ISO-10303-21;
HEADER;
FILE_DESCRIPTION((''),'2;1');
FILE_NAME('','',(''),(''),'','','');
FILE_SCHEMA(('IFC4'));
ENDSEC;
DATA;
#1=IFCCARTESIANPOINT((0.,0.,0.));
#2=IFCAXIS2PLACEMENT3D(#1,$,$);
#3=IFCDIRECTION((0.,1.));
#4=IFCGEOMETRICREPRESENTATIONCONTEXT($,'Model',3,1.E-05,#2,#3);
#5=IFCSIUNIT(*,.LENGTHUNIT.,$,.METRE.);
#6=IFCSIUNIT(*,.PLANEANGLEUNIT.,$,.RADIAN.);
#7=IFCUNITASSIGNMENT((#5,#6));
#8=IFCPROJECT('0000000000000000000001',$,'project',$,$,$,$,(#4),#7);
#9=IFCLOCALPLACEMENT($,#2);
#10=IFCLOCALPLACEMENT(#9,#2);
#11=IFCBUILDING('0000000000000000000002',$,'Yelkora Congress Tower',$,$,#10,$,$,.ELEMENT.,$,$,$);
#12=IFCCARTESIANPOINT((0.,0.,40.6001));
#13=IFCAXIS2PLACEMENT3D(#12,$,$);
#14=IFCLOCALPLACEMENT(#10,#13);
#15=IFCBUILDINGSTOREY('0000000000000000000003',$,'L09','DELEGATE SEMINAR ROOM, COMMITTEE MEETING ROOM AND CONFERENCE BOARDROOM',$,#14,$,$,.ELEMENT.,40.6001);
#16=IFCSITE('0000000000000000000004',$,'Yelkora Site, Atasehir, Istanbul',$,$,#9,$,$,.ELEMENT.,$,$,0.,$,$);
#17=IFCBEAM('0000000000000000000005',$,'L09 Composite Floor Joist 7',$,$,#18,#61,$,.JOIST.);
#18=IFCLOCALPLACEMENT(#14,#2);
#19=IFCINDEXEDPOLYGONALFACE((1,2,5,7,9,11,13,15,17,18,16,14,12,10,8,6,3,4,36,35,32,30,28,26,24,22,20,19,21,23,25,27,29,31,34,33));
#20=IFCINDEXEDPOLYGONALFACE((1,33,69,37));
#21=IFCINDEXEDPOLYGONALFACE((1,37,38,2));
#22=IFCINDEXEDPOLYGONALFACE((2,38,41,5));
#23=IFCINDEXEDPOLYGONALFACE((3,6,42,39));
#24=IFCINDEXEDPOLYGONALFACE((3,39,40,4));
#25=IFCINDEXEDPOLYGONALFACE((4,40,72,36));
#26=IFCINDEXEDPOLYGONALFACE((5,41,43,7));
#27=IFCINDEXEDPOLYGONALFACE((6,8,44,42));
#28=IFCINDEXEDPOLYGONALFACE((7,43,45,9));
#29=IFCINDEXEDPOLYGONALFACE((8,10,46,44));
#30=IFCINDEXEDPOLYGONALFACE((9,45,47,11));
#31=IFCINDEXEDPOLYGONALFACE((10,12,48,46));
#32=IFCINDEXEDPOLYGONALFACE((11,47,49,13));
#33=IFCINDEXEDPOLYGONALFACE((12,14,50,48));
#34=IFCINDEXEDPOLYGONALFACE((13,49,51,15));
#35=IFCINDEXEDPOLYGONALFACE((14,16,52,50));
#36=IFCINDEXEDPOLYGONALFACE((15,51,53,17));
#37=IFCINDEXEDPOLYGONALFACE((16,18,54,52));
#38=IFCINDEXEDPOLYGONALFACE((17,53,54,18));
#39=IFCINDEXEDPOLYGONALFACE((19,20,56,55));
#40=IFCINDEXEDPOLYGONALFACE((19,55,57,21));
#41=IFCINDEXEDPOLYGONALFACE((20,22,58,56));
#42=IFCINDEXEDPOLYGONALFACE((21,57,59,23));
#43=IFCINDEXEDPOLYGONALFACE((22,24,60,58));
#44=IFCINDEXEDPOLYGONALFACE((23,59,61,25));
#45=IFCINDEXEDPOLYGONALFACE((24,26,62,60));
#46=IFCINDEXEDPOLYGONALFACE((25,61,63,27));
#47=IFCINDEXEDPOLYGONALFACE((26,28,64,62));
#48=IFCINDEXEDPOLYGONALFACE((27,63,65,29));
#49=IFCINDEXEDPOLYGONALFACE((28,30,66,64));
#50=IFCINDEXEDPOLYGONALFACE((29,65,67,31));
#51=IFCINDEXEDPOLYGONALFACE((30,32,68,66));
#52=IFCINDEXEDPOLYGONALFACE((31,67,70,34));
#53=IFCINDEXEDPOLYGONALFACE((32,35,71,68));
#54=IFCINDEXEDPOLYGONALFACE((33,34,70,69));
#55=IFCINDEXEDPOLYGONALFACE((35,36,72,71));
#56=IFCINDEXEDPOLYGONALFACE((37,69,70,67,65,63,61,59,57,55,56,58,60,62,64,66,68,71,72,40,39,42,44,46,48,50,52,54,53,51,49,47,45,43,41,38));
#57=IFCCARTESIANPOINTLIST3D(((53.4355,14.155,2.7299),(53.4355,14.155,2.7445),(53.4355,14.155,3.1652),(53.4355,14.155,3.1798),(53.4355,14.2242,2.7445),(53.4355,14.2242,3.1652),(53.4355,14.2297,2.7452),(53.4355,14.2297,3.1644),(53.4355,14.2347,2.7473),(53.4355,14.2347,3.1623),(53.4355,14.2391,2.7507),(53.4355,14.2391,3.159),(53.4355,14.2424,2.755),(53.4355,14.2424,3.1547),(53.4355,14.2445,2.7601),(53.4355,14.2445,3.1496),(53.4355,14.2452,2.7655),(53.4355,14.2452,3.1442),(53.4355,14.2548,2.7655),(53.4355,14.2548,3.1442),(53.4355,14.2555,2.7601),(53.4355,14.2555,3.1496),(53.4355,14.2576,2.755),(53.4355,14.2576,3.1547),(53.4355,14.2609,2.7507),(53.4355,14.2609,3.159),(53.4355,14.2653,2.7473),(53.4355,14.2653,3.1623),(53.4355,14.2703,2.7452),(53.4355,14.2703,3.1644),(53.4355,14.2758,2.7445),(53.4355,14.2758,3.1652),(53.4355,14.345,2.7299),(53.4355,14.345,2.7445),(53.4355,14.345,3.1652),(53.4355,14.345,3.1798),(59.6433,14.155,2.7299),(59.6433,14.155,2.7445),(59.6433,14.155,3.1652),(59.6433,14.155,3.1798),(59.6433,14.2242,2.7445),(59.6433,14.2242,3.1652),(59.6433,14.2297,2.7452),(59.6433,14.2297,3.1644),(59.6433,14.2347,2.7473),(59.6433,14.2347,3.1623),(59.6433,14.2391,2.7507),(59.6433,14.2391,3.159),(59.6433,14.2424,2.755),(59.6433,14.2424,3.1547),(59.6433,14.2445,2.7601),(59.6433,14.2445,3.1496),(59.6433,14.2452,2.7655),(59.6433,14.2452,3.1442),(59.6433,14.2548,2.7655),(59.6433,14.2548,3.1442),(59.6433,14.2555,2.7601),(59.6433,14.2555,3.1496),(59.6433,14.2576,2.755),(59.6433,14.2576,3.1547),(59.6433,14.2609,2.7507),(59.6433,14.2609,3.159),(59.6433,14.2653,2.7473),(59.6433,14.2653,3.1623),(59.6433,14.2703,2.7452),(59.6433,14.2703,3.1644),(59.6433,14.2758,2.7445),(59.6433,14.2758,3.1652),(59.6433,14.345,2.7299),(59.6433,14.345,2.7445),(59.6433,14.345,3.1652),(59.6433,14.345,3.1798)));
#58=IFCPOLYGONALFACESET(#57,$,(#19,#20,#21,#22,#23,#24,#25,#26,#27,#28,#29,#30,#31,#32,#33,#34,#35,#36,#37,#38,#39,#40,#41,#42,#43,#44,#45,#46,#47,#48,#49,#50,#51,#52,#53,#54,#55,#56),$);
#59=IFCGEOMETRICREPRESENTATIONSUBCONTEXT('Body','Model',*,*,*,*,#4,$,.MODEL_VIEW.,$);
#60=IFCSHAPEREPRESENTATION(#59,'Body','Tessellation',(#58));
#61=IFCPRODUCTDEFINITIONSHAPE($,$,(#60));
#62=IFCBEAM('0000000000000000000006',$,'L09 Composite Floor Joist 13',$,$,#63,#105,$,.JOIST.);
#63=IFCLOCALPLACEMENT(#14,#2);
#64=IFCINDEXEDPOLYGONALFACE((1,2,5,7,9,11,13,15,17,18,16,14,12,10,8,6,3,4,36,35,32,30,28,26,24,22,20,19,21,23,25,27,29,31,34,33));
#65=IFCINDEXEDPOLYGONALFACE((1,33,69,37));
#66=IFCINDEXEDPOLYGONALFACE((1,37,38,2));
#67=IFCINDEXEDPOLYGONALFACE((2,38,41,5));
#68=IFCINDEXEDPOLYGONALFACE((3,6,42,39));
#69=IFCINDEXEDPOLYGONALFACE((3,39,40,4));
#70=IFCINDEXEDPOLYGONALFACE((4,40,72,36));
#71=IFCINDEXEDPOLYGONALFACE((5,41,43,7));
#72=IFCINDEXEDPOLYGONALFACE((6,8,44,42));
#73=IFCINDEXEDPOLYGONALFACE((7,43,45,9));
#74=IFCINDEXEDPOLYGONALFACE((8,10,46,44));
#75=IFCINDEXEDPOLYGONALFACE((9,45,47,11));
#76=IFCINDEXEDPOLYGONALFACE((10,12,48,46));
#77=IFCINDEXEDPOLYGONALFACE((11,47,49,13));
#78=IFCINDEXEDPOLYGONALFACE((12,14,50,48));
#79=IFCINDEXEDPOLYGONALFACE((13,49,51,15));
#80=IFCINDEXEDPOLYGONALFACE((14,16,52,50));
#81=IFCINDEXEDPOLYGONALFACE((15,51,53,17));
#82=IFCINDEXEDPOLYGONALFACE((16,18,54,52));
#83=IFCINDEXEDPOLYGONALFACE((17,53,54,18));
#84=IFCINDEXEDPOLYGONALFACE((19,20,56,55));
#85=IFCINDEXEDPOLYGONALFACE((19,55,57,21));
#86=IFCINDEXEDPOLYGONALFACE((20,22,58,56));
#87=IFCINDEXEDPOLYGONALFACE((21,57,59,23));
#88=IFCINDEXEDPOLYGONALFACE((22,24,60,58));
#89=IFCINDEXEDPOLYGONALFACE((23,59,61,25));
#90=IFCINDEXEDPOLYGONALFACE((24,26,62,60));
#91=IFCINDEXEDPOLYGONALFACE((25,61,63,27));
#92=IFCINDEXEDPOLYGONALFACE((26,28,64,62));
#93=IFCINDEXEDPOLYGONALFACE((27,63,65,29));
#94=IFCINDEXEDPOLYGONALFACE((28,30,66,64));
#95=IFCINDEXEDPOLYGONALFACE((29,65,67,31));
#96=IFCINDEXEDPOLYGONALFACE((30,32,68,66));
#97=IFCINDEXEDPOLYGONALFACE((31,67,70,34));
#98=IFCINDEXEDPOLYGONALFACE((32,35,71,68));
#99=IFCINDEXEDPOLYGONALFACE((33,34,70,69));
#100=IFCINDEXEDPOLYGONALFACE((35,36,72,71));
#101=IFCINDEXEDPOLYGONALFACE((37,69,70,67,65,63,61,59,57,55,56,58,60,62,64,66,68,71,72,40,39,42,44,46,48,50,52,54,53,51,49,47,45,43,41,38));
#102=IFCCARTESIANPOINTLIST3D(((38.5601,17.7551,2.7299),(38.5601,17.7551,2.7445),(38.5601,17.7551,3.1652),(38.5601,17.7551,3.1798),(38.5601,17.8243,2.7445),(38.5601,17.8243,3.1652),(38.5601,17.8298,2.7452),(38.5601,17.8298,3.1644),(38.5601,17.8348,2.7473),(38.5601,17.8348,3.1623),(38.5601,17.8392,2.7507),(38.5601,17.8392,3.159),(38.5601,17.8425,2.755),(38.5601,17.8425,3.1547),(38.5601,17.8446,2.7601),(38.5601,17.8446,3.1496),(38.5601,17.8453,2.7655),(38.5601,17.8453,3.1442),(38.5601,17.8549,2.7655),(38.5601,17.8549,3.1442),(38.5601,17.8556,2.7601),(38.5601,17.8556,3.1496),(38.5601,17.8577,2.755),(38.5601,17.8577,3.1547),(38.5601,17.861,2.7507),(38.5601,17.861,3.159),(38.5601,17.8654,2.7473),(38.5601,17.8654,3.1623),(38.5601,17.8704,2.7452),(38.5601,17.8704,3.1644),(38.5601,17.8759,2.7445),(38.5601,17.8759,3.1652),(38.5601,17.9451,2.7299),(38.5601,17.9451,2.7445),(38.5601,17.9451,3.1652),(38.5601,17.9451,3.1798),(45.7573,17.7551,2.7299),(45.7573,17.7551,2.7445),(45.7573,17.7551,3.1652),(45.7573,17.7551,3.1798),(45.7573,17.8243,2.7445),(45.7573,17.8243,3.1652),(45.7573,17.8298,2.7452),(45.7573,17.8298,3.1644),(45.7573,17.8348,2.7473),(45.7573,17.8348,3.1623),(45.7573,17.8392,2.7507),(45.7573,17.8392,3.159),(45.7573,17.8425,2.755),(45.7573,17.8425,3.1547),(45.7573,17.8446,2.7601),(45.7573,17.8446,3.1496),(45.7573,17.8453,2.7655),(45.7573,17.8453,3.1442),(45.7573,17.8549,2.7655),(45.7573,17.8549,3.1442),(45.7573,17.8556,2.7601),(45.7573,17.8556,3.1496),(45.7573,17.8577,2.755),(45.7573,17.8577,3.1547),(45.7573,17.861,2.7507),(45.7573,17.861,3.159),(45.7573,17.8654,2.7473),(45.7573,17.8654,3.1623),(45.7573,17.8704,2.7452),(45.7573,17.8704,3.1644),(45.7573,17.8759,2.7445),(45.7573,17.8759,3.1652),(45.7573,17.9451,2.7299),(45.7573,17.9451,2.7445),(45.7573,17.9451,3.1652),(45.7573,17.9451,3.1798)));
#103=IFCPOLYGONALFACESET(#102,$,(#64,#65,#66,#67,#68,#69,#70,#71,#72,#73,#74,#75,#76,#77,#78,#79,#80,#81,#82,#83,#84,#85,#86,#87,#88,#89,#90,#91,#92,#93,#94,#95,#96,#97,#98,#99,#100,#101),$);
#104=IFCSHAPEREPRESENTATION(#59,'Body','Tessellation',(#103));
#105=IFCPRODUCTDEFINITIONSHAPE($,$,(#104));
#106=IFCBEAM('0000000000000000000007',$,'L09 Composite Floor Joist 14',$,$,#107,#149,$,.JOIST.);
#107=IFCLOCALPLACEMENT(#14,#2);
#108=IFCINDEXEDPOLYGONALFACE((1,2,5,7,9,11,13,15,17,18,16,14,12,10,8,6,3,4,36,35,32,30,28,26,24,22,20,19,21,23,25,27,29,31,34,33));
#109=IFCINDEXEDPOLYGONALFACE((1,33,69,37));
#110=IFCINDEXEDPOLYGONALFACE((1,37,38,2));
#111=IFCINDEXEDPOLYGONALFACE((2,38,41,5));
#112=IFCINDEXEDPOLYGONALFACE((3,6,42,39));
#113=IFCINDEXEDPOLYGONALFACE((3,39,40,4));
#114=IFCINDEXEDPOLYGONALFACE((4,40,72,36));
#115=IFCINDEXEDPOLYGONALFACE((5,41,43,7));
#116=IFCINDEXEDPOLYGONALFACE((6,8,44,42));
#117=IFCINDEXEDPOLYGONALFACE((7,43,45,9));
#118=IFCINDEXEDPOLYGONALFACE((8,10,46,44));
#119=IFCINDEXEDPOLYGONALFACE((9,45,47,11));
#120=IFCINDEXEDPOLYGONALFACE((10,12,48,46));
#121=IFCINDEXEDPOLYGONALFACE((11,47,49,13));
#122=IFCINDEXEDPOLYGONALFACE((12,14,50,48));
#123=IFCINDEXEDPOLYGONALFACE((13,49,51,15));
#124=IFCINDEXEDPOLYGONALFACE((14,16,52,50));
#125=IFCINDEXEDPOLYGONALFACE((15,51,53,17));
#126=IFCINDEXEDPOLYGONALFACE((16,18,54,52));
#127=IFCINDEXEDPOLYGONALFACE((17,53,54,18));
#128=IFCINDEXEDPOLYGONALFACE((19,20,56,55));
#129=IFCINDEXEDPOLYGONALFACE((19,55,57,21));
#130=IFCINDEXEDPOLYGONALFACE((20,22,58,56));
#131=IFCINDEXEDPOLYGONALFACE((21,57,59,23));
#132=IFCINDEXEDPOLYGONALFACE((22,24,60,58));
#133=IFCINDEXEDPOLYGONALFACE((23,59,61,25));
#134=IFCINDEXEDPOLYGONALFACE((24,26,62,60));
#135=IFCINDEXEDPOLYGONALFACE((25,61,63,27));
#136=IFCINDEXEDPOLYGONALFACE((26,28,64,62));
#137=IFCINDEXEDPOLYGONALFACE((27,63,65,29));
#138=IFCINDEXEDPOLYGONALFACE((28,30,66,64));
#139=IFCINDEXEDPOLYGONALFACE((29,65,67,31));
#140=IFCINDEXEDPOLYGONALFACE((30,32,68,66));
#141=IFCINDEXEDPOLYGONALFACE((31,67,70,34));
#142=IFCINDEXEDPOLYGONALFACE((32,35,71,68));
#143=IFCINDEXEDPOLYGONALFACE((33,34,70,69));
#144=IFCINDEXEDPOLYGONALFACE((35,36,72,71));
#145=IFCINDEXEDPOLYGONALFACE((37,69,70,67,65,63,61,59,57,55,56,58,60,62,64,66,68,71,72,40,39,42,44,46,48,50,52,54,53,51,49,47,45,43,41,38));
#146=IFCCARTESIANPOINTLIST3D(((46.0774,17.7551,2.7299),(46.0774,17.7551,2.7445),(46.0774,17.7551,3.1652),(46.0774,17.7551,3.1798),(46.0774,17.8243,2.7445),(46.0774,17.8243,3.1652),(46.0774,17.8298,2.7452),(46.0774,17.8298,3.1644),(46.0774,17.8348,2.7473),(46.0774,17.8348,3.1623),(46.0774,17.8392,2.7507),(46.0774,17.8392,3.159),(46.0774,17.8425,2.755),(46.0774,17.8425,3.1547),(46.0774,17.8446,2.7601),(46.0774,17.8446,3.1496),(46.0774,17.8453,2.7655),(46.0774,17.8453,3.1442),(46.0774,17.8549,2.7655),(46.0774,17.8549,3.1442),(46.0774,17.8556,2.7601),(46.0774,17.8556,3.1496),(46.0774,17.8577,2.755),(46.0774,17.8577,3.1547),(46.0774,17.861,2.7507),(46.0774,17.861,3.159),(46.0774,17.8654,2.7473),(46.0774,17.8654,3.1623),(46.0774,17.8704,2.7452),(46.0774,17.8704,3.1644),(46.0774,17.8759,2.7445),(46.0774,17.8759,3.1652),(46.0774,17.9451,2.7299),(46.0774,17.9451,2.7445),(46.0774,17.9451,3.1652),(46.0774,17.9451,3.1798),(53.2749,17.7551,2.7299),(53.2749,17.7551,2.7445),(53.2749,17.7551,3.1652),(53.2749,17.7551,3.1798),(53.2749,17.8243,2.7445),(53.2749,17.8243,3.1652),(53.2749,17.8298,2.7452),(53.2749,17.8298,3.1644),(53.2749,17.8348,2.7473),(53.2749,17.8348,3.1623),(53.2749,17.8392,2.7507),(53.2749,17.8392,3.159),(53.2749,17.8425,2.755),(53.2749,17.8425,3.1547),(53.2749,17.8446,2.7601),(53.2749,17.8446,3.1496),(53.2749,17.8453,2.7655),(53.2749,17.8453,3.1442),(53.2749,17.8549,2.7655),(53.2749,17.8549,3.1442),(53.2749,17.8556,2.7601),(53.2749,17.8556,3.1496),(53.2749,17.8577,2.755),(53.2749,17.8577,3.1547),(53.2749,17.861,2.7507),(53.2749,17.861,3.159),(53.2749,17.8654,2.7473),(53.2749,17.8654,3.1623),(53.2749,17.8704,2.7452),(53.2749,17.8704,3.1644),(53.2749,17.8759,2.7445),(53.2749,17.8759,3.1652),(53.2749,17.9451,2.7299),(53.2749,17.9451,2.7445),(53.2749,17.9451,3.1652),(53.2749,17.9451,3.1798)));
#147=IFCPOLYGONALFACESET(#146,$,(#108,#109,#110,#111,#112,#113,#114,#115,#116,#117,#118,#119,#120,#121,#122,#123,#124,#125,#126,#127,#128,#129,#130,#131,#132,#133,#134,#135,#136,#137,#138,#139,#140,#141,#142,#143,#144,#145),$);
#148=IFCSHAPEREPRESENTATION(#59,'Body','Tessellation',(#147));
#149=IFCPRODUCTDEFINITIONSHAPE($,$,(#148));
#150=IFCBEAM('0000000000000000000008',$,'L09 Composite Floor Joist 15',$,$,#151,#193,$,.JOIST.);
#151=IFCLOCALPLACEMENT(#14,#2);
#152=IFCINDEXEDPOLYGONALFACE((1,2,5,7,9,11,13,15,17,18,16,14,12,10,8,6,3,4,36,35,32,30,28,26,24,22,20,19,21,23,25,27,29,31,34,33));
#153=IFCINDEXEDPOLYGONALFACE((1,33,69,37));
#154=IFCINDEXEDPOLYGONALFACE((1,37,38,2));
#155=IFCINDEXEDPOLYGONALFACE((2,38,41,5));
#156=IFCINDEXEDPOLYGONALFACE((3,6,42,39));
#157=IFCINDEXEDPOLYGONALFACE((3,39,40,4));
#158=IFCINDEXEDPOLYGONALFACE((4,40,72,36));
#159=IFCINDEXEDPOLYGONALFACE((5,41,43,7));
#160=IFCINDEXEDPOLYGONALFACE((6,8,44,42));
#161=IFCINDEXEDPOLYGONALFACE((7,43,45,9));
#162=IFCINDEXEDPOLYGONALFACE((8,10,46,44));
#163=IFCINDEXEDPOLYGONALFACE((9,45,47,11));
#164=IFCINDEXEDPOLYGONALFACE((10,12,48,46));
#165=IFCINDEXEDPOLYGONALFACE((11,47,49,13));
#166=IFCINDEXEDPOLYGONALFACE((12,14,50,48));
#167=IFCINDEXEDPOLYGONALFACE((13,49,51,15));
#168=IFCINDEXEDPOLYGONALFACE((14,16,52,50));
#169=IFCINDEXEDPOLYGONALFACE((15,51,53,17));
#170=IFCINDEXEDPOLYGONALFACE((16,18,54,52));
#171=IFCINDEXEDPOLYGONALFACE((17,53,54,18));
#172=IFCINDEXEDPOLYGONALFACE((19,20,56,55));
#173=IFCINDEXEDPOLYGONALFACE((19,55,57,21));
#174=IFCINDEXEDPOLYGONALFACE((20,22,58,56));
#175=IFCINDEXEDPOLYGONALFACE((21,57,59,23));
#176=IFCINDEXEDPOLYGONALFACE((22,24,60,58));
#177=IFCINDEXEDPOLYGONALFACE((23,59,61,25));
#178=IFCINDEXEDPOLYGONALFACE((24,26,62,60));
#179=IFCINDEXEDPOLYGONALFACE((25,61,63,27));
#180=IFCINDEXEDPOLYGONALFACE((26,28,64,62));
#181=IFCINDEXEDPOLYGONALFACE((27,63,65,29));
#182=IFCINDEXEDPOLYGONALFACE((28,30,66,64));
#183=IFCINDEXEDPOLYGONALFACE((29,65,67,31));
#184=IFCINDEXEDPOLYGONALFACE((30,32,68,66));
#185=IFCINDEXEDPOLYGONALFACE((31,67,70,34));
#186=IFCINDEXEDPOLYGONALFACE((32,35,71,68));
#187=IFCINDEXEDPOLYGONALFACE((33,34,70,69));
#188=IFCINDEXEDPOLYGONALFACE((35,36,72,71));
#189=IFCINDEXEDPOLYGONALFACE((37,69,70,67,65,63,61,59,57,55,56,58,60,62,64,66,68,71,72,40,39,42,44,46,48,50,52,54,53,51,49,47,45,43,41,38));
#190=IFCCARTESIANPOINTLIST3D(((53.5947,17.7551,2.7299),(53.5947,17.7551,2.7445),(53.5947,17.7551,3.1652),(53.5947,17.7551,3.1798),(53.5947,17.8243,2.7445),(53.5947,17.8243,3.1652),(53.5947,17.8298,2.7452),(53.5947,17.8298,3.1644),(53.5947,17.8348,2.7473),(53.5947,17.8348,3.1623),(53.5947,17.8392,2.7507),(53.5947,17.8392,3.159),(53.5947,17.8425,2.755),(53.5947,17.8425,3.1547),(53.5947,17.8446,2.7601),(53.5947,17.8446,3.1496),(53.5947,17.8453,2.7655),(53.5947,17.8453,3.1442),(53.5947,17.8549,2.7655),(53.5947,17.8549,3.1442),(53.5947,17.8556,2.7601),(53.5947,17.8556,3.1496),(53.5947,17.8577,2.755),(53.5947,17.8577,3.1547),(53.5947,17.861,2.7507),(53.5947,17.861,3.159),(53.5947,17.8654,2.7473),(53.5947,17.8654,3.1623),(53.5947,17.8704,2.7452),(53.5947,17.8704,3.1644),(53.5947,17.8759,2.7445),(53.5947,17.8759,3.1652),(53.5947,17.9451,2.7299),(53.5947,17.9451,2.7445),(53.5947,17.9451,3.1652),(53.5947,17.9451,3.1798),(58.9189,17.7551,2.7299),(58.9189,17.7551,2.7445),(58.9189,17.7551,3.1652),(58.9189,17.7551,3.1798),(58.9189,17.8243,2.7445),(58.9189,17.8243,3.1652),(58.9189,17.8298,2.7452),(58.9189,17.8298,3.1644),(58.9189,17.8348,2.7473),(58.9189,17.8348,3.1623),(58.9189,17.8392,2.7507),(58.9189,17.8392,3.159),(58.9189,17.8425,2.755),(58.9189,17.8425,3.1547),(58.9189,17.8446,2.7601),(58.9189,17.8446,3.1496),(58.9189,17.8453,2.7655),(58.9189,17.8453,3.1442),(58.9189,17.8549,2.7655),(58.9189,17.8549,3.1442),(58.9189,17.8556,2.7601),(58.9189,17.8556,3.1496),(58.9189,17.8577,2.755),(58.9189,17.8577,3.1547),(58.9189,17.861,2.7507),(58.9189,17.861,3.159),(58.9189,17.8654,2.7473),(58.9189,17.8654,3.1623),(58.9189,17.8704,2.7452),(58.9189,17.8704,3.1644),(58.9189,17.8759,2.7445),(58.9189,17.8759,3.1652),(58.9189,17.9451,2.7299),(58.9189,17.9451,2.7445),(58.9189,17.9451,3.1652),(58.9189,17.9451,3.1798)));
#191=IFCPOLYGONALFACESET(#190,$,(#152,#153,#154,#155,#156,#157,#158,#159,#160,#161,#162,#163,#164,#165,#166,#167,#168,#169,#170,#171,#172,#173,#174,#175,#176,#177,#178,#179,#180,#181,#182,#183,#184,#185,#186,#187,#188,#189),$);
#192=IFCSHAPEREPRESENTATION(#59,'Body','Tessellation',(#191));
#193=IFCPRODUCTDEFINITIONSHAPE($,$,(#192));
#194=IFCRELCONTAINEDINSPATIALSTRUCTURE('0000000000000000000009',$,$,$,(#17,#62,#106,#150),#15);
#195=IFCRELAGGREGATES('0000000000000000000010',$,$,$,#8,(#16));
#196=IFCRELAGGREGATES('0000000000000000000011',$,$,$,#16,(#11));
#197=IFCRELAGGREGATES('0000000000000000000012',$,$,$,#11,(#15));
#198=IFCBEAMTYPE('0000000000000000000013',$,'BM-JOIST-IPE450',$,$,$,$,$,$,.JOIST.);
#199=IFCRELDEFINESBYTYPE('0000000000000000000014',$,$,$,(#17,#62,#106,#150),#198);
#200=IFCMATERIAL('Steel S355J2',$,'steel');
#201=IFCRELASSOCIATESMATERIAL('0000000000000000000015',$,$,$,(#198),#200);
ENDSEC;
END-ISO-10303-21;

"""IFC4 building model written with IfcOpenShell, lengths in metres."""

from ifc_helpers import new_model, si_unit, direction, frame, origin, origin_2d, place, context, subcontext, project, spatial, i_section, extrude, material, material_profile, profile_set, type_object, element, save


model = new_model("IFC4")

# Units and contexts
model_context = context("Model", 3, precision=1e-05, world=origin(), true_north=direction((0.0, 1.0)))
body_context = subcontext(model_context, "Body", "Model", "MODEL_VIEW")
ifc_project = project(units=[si_unit("LENGTHUNIT", "METRE"), si_unit("PLANEANGLEUNIT", "RADIAN")], contexts=[model_context])

# Site, building, storey
site_placement = place(None, origin())
site = spatial("IfcSite", under=ifc_project, at=site_placement, Name="Yelkora Site, Atasehir, Istanbul", CompositionType="ELEMENT", RefElevation=0.0)
building_placement = place(site_placement, origin())
building = spatial("IfcBuilding", under=site, at=building_placement, Name="Yelkora Congress Tower", CompositionType="ELEMENT")
storey_placement = place(building_placement, frame((0.0, 0.0, 40.6001)))
storey = spatial("IfcBuildingStorey", under=building, at=storey_placement, Name="L09", Description="DELEGATE SEMINAR ROOM, COMMITTEE MEETING ROOM AND CONFERENCE BOARDROOM", CompositionType="ELEMENT", Elevation=40.6001)

# Beams
ifc_material_1 = material(Name="Steel S355J2", Category="steel")
ifc_material_profile_1 = material_profile(ifc_material_1, i_section(OverallWidth=0.1899, OverallDepth=0.45, WebThickness=0.0095, FlangeThickness=0.0146, FilletRadius=0.021, at=origin_2d()), Name="IPE 450")
ifc_profile_set_1 = profile_set([ifc_material_profile_1], Name="Steel S355J2")
beam_type_1 = type_object("IfcBeamType", Name="BM-JOIST-IPE450", PredefinedType="JOIST", material=ifc_profile_set_1)
beam_1_placement = place(storey_placement, frame((53.4355, 14.25, 2.9548), z_axis=(1.0, 0.0, 0.0), x_axis=(0.0, 1.0, 0.0)))
element("IfcBeam", 1, at=beam_1_placement, inside=storey, type_object=beam_type_1, Name="L09 Composite Floor Joist 7", PredefinedType="JOIST", context=body_context, shape_type="SweptSolid", body=[
    extrude(i_section(OverallWidth=0.1899, OverallDepth=0.45, WebThickness=0.0095, FlangeThickness=0.0146, FilletRadius=0.021, at=origin_2d()), origin(), (0.0, 0.0, 1.0), 6.2078),
])
beam_2_placement = place(storey_placement, frame((38.5601, 17.8501, 2.9548), z_axis=(1.0, 0.0, 0.0), x_axis=(0.0, 1.0, 0.0)))
element("IfcBeam", 2, at=beam_2_placement, inside=storey, type_object=beam_type_1, Name="L09 Composite Floor Joist 13", PredefinedType="JOIST", context=body_context, shape_type="SweptSolid", body=[
    extrude(i_section(OverallWidth=0.1899, OverallDepth=0.45, WebThickness=0.0095, FlangeThickness=0.0146, FilletRadius=0.021, at=origin_2d()), origin(), (0.0, 0.0, 1.0), 7.1973),
])
beam_3_placement = place(storey_placement, frame((46.0774, 17.8501, 2.9548), z_axis=(1.0, 0.0, 0.0), x_axis=(0.0, 1.0, 0.0)))
element("IfcBeam", 3, at=beam_3_placement, inside=storey, type_object=beam_type_1, Name="L09 Composite Floor Joist 14", PredefinedType="JOIST", context=body_context, shape_type="SweptSolid", body=[
    extrude(i_section(OverallWidth=0.1899, OverallDepth=0.45, WebThickness=0.0095, FlangeThickness=0.0146, FilletRadius=0.021, at=origin_2d()), origin(), (0.0, 0.0, 1.0), 7.1975),
])
beam_4_placement = place(storey_placement, frame((53.5947, 17.8501, 2.9548), z_axis=(1.0, 0.0, 0.0), x_axis=(0.0, 1.0, 0.0)))
element("IfcBeam", 4, at=beam_4_placement, inside=storey, type_object=beam_type_1, Name="L09 Composite Floor Joist 15", PredefinedType="JOIST", context=body_context, shape_type="SweptSolid", body=[
    extrude(i_section(OverallWidth=0.1899, OverallDepth=0.45, WebThickness=0.0095, FlangeThickness=0.0146, FilletRadius=0.021, at=origin_2d()), origin(), (0.0, 0.0, 1.0), 5.3242),
])

save(model, "model.ifc")
